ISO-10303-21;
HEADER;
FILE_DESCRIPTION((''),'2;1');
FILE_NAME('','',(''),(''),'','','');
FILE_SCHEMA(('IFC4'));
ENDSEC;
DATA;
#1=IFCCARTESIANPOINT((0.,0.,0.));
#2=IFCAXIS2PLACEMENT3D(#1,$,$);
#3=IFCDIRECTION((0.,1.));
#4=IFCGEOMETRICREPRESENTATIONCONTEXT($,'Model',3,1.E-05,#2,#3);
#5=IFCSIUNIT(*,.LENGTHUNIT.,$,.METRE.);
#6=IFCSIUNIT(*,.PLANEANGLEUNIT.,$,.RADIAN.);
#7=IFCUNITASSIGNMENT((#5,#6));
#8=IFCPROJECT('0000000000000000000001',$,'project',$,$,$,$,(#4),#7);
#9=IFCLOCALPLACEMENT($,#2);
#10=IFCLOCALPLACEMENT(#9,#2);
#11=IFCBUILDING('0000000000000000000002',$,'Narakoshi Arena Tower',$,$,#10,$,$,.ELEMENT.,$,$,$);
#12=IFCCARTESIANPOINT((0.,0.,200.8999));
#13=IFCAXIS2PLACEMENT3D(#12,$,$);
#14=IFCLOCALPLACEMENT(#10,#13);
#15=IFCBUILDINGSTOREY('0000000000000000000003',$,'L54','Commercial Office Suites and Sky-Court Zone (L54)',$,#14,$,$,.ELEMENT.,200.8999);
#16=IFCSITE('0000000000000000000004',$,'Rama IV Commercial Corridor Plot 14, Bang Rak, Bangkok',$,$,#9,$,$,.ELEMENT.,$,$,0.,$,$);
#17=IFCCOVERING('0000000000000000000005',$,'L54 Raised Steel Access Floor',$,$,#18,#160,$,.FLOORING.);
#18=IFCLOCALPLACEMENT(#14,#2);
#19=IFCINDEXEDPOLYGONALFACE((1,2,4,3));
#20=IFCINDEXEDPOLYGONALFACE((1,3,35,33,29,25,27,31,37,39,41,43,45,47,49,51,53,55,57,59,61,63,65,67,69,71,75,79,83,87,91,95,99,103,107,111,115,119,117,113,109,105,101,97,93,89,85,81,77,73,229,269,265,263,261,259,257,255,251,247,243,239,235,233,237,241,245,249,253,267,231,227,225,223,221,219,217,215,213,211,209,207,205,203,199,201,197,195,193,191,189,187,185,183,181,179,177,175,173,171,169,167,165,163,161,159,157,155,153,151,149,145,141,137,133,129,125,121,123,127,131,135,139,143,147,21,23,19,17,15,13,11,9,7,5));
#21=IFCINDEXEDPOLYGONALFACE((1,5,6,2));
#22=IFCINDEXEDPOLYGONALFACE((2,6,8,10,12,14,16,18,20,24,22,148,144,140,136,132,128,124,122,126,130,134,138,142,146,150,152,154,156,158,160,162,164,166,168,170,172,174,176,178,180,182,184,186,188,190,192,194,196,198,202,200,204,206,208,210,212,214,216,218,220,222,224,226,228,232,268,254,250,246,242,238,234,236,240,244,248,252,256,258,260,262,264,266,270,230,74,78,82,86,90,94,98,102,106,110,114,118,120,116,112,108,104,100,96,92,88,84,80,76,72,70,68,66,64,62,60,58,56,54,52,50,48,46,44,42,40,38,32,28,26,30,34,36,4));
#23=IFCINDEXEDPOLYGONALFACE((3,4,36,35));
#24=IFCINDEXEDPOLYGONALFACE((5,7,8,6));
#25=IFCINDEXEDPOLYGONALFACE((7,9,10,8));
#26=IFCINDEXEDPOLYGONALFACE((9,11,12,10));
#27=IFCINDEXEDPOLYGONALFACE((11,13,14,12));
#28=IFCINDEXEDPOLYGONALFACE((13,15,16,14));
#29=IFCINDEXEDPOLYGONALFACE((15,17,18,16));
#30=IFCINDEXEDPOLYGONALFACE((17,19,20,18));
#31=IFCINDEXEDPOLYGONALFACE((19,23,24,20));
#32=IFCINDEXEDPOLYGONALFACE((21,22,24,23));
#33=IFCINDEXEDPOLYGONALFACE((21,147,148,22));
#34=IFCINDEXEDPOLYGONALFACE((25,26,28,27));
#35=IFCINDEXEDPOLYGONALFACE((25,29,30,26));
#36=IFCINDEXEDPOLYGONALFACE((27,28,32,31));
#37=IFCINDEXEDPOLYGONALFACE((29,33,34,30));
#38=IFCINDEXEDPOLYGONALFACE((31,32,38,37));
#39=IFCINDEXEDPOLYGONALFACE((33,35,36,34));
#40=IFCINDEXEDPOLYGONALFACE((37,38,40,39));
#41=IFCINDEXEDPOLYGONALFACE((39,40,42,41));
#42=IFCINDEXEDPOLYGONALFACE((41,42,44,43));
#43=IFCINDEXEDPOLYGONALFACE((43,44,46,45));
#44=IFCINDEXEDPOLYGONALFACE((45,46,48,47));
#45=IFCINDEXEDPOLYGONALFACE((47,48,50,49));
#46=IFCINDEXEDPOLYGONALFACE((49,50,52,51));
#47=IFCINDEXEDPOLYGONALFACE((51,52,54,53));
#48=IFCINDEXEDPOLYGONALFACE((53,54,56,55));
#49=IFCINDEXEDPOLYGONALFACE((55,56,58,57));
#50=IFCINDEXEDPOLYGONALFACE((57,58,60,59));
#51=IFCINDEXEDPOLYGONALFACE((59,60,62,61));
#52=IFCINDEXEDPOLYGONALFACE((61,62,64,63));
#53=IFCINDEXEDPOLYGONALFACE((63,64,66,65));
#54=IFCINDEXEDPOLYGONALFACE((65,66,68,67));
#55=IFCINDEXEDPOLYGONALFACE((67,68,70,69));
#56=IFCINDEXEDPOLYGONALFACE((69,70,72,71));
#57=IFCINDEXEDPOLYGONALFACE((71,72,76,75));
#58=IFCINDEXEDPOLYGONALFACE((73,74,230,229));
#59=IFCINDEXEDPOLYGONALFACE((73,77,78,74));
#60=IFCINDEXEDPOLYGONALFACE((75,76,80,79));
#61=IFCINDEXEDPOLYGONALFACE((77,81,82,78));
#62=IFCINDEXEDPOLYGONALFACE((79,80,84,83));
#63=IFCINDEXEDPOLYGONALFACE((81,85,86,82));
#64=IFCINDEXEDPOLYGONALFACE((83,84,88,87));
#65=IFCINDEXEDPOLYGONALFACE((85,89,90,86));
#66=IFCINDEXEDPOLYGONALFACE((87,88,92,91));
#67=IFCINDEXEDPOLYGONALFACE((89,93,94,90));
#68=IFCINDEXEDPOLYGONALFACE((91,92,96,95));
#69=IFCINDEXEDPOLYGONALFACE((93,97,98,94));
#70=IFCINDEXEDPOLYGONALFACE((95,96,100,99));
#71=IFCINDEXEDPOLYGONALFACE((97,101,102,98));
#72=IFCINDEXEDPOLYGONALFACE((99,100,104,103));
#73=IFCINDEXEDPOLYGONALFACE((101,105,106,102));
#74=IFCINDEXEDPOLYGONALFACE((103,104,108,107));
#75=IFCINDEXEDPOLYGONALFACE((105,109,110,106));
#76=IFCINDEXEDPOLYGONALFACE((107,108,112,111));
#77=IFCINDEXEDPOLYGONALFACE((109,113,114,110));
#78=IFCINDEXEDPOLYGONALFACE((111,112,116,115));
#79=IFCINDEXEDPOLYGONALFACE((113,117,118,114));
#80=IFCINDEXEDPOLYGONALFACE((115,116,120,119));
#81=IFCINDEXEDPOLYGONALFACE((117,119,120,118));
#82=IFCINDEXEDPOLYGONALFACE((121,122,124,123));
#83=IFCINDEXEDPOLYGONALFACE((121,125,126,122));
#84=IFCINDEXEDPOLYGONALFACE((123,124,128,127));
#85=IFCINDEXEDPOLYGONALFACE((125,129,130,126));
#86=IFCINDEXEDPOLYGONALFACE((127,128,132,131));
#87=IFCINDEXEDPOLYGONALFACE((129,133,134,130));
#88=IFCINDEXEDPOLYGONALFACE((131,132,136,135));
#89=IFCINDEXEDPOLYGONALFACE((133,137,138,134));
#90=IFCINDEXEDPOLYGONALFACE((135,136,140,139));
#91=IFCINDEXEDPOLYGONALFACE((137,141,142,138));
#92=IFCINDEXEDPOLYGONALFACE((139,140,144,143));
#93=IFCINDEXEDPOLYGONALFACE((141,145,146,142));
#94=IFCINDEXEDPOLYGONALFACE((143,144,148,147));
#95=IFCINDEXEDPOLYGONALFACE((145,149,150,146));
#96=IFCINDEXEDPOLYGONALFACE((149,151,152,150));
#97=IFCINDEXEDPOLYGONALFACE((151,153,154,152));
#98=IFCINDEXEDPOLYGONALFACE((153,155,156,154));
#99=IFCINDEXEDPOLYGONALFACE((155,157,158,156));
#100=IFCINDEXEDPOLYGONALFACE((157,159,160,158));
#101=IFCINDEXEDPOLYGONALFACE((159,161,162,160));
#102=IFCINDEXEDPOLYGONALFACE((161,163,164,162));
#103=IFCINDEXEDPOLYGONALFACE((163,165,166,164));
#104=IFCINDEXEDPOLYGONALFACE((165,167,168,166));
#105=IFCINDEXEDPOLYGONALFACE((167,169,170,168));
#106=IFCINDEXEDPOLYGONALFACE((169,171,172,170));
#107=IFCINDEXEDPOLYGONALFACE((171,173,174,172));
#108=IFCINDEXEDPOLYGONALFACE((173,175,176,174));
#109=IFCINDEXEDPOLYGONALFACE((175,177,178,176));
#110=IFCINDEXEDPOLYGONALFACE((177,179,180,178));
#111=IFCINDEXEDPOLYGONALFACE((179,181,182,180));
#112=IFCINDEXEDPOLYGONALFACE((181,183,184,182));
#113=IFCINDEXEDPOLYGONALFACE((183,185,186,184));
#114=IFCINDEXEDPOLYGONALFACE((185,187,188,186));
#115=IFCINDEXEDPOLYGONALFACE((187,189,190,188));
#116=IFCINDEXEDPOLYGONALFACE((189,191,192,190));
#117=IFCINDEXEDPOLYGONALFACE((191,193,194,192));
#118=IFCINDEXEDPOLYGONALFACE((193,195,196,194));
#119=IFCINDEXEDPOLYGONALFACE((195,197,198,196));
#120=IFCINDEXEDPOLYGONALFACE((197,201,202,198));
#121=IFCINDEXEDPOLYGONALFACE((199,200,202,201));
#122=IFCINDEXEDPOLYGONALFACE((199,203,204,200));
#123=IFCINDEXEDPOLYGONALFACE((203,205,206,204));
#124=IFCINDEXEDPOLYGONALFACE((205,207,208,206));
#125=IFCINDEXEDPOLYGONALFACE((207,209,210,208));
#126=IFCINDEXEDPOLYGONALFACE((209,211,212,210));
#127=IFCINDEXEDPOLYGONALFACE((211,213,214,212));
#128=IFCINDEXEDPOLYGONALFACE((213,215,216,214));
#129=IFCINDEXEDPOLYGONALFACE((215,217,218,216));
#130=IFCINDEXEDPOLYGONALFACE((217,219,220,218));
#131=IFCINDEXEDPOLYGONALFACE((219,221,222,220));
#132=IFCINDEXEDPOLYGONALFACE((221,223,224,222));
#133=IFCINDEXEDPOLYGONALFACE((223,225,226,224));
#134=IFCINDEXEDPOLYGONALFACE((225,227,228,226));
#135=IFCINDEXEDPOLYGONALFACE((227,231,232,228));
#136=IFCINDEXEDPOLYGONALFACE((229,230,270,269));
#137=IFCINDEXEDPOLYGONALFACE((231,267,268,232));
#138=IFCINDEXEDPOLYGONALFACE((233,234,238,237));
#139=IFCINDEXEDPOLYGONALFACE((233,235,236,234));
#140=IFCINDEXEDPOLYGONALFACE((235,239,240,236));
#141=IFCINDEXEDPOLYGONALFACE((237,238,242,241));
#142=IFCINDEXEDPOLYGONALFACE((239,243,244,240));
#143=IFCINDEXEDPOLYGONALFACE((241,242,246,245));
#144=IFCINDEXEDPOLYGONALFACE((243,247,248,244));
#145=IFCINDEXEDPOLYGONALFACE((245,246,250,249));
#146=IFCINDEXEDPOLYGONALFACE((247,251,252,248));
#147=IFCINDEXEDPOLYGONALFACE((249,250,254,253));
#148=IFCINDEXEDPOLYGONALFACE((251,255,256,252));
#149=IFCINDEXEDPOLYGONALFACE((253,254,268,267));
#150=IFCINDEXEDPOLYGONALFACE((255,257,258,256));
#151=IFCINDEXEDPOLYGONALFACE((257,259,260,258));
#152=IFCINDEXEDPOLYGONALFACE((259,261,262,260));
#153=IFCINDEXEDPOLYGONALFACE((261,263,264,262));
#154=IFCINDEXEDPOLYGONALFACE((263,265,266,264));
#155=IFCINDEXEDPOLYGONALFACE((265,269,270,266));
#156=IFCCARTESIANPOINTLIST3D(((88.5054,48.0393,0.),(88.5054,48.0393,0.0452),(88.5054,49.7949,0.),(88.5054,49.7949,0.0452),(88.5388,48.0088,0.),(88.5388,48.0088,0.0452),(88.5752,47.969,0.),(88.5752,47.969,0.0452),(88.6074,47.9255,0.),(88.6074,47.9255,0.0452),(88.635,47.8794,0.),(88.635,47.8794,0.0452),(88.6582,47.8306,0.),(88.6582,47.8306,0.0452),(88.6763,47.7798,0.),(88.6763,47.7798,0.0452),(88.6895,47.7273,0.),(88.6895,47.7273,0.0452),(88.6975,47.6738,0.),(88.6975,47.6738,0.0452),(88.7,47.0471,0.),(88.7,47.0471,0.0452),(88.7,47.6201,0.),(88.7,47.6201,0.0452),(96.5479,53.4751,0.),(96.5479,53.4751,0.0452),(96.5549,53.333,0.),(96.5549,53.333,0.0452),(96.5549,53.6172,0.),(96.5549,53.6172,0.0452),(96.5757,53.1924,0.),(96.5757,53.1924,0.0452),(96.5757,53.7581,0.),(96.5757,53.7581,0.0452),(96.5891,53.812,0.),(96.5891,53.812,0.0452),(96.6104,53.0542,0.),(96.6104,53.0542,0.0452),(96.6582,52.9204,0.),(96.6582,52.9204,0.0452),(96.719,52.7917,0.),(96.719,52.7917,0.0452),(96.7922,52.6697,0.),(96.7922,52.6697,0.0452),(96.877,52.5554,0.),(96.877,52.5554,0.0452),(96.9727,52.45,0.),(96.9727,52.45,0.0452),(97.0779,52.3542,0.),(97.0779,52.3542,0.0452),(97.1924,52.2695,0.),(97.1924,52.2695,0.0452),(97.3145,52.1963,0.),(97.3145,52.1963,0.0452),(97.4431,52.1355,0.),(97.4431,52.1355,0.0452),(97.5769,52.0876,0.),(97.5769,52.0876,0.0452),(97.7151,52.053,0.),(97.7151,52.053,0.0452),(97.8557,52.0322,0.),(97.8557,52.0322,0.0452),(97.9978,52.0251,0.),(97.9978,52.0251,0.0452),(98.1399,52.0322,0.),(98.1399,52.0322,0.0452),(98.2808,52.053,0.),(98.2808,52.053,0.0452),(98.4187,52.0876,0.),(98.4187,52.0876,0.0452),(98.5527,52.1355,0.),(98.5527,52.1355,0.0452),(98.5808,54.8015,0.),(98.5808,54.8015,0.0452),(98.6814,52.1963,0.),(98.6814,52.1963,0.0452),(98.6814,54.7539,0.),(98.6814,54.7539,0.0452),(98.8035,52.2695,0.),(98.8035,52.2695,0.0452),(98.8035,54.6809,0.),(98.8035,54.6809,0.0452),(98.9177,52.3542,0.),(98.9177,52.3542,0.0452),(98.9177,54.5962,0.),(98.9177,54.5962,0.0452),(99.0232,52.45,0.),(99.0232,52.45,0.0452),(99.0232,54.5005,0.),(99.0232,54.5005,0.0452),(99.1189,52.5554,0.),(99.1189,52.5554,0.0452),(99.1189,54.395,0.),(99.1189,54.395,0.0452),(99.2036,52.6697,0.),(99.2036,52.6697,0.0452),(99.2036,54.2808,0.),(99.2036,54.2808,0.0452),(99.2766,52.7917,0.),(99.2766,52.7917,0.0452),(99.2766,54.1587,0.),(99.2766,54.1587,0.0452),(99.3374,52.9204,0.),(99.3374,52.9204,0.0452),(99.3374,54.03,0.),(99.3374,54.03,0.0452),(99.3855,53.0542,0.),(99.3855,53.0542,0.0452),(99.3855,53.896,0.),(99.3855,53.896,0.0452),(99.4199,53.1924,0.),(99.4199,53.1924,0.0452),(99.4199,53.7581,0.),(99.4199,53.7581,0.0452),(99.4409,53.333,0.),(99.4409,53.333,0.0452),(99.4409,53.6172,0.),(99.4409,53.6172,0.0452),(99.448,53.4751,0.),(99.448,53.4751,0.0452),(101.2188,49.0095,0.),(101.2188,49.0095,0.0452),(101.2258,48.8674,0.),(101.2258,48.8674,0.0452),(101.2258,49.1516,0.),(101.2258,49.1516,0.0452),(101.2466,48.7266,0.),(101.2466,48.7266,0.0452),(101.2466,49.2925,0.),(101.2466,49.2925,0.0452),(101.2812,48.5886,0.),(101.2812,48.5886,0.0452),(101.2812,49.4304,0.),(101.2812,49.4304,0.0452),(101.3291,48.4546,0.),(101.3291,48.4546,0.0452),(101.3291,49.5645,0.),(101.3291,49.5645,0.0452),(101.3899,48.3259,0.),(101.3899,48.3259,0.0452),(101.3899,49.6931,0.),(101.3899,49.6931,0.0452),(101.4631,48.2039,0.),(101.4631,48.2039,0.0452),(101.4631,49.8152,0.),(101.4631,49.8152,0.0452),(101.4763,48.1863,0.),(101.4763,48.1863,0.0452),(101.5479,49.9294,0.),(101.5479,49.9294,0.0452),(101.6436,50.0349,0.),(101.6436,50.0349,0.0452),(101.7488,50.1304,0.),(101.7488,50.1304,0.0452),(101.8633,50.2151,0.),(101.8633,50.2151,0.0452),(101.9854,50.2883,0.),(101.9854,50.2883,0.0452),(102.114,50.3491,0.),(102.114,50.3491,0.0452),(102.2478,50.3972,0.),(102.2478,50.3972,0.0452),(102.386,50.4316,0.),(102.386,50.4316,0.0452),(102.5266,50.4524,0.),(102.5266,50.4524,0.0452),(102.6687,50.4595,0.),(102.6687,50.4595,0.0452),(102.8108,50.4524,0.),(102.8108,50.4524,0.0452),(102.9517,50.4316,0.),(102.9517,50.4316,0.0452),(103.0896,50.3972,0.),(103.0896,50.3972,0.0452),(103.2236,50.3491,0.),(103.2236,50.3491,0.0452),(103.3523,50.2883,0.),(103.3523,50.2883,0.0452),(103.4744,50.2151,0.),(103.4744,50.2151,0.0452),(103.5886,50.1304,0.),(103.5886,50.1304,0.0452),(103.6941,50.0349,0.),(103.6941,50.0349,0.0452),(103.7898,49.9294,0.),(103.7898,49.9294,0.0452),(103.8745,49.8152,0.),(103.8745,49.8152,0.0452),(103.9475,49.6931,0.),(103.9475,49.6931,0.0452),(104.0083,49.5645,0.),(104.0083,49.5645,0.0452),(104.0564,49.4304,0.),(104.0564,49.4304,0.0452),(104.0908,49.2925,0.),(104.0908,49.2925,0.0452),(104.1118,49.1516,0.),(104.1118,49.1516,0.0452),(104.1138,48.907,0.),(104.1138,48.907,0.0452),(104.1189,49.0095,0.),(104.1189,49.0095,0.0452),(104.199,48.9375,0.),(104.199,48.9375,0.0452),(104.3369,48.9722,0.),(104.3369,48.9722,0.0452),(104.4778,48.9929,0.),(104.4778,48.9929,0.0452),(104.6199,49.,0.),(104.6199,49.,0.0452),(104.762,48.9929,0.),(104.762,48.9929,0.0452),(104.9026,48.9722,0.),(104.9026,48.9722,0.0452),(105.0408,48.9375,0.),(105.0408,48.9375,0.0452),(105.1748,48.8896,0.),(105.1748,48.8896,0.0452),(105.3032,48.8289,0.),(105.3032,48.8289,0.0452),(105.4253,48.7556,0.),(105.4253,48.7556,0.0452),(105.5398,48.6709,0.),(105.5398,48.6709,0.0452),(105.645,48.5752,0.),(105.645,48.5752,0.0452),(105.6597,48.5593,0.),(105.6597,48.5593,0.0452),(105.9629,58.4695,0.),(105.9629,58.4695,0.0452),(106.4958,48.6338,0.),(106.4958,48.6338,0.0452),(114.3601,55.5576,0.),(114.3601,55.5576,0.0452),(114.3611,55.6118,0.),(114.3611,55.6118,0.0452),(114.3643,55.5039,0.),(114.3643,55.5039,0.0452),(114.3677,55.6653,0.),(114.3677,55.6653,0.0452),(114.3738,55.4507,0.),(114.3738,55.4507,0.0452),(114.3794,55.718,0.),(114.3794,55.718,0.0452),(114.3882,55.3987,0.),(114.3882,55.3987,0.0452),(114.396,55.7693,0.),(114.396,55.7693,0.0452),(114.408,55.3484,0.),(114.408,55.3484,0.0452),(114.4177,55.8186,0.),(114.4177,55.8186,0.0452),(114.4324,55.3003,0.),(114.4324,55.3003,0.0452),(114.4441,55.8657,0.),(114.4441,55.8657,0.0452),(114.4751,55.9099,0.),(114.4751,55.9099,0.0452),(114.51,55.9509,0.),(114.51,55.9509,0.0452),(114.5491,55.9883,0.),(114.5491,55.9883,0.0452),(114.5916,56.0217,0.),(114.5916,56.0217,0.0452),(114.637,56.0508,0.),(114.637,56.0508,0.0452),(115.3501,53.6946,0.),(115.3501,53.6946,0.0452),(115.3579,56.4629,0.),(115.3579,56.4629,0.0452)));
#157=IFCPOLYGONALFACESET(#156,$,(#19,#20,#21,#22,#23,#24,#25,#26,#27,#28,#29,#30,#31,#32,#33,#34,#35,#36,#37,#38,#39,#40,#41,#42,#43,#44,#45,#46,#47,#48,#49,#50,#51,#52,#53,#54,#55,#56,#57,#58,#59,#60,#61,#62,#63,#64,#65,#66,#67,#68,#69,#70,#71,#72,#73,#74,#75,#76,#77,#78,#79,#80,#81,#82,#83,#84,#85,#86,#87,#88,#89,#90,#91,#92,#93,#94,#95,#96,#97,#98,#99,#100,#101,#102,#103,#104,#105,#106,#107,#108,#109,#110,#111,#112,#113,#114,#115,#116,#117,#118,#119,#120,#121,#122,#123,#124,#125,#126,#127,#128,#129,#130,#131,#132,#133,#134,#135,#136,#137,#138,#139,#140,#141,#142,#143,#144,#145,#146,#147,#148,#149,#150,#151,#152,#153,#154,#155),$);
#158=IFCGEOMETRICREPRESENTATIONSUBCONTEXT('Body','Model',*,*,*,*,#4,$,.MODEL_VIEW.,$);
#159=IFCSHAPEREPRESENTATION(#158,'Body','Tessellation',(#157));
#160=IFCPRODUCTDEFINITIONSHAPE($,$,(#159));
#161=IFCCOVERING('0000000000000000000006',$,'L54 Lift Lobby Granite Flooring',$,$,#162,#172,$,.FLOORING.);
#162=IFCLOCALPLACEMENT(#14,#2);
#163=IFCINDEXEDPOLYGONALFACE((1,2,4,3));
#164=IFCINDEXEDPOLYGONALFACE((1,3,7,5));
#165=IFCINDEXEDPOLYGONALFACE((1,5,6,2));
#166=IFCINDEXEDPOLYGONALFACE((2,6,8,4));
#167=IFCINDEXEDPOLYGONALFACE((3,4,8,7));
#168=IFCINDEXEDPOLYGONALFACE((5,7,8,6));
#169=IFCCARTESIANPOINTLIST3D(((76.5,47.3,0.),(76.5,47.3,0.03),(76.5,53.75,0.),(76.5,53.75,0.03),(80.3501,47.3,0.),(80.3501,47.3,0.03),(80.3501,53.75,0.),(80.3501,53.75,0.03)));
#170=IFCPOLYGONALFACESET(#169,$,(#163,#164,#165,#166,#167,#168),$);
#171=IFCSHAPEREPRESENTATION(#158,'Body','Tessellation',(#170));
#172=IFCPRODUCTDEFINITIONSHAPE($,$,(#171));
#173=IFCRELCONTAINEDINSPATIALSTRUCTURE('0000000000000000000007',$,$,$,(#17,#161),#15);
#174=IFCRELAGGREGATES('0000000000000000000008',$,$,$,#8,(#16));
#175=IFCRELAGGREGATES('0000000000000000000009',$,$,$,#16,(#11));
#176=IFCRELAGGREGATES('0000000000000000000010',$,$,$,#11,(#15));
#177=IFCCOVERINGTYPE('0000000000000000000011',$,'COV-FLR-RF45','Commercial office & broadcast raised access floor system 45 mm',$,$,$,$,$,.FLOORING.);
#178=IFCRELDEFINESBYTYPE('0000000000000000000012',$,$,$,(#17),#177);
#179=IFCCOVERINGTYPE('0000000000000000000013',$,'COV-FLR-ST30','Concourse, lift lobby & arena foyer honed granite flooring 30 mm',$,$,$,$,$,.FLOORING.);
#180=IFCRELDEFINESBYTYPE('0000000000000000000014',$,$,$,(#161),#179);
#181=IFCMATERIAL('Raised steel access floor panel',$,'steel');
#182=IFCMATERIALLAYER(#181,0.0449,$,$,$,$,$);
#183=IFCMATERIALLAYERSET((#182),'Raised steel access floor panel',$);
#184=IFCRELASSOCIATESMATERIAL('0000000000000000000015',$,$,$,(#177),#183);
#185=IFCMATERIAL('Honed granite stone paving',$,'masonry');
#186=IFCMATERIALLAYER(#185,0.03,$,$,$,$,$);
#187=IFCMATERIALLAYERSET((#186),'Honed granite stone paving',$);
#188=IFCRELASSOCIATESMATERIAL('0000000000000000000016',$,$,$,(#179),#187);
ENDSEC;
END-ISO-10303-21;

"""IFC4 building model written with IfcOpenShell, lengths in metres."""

from ifc_helpers import new_model, si_unit, direction, frame, origin, place, context, subcontext, project, spatial, polyline, outline, extrude, material, layer, layer_set, type_object, element, save


model = new_model("IFC4")

# Units and contexts
model_context = context("Model", 3, precision=1e-05, world=origin(), true_north=direction((0.0, 1.0)))
body_context = subcontext(model_context, "Body", "Model", "MODEL_VIEW")
ifc_project = project(units=[si_unit("LENGTHUNIT", "METRE"), si_unit("PLANEANGLEUNIT", "RADIAN")], contexts=[model_context])

# Site, building, storey
site_placement = place(None, origin())
site = spatial("IfcSite", under=ifc_project, at=site_placement, Name="Rama IV Commercial Corridor Plot 14, Bang Rak, Bangkok", CompositionType="ELEMENT", RefElevation=0.0)
building_placement = place(site_placement, origin())
building = spatial("IfcBuilding", under=site, at=building_placement, Name="Narakoshi Arena Tower", CompositionType="ELEMENT")
storey_placement = place(building_placement, frame((0.0, 0.0, 200.8999)))
storey = spatial("IfcBuildingStorey", under=building, at=storey_placement, Name="L54", Description="Commercial Office Suites and Sky-Court Zone (L54)", CompositionType="ELEMENT", Elevation=200.8999)

# Coverings
ifc_material_1 = material(Name="Raised steel access floor panel", Category="steel")
ifc_layer_1 = layer(ifc_material_1, 0.0449)
ifc_layer_set_1 = layer_set([ifc_layer_1], Name="Raised steel access floor panel")
covering_type_1 = type_object("IfcCoveringType", Name="COV-FLR-RF45", Description="Commercial office & broadcast raised access floor system 45 mm", PredefinedType="FLOORING", material=ifc_layer_set_1)
covering_1_placement = place(storey_placement, origin())
element("IfcCovering", 1, at=covering_1_placement, inside=storey, type_object=covering_type_1, Name="L54 Raised Steel Access Floor", PredefinedType="FLOORING", context=body_context, shape_type="SweptSolid", body=[
    extrude(outline(polyline([(88.5054, 49.7949), (96.5891, 53.812), (96.5757, 53.7581), (96.5549, 53.6172), (96.5479, 53.4751), (96.5549, 53.333), (96.5757, 53.1924), (96.6104, 53.0542), (96.6582, 52.9204), (96.719, 52.7917), (96.7922, 52.6697), (96.877, 52.5554), (96.9727, 52.45), (97.0779, 52.3542), (97.1924, 52.2695), (97.3145, 52.1963), (97.4431, 52.1355), (97.5769, 52.0876), (97.7151, 52.053), (97.8557, 52.0322), (97.9978, 52.0251), (98.1399, 52.0322), (98.2808, 52.053), (98.4187, 52.0876), (98.5527, 52.1355), (98.6814, 52.1963), (98.8035, 52.2695), (98.9177, 52.3542), (99.0232, 52.45), (99.1189, 52.5554), (99.2036, 52.6697), (99.2766, 52.7917), (99.3374, 52.9204), (99.3855, 53.0542), (99.4199, 53.1924), (99.4409, 53.333), (99.448, 53.4751), (99.4409, 53.6172), (99.4199, 53.7581), (99.3855, 53.896), (99.3374, 54.03), (99.2766, 54.1587), (99.2036, 54.2808), (99.1189, 54.395), (99.0232, 54.5005), (98.9177, 54.5962), (98.8035, 54.6809), (98.6814, 54.7539), (98.5808, 54.8015), (105.9629, 58.4695), (115.3579, 56.4629), (114.637, 56.0508), (114.5916, 56.0217), (114.5491, 55.9883), (114.51, 55.9509), (114.4751, 55.9099), (114.4441, 55.8657), (114.4177, 55.8186), (114.396, 55.7693), (114.3794, 55.718), (114.3677, 55.6653), (114.3611, 55.6118), (114.3601, 55.5576), (114.3643, 55.5039), (114.3738, 55.4507), (114.3882, 55.3987), (114.408, 55.3484), (114.4324, 55.3003), (115.3501, 53.6946), (106.4958, 48.6338), (105.6597, 48.5593), (105.645, 48.5752), (105.5398, 48.6709), (105.4253, 48.7556), (105.3032, 48.8289), (105.1748, 48.8896), (105.0408, 48.9375), (104.9026, 48.9722), (104.762, 48.9929), (104.6199, 49.0), (104.4778, 48.9929), (104.3369, 48.9722), (104.199, 48.9375), (104.1138, 48.907), (104.1189, 49.0095), (104.1118, 49.1516), (104.0908, 49.2925), (104.0564, 49.4304), (104.0083, 49.5645), (103.9475, 49.6931), (103.8745, 49.8152), (103.7898, 49.9294), (103.6941, 50.0349), (103.5886, 50.1304), (103.4744, 50.2151), (103.3523, 50.2883), (103.2236, 50.3491), (103.0896, 50.3972), (102.9517, 50.4316), (102.8108, 50.4524), (102.6687, 50.4595), (102.5266, 50.4524), (102.386, 50.4316), (102.2478, 50.3972), (102.114, 50.3491), (101.9854, 50.2883), (101.8633, 50.2151), (101.7488, 50.1304), (101.6436, 50.0349), (101.5479, 49.9294), (101.4631, 49.8152), (101.3899, 49.6931), (101.3291, 49.5645), (101.2812, 49.4304), (101.2466, 49.2925), (101.2258, 49.1516), (101.2188, 49.0095), (101.2258, 48.8674), (101.2466, 48.7266), (101.2812, 48.5886), (101.3291, 48.4546), (101.3899, 48.3259), (101.4631, 48.2039), (101.4763, 48.1863), (88.7, 47.0471), (88.7, 47.6201), (88.6975, 47.6738), (88.6895, 47.7273), (88.6763, 47.7798), (88.6582, 47.8306), (88.635, 47.8794), (88.6074, 47.9255), (88.5752, 47.969), (88.5388, 48.0088), (88.5054, 48.0393), (88.5054, 49.7949)])), origin(), (0.0, 0.0, 1.0), 0.0452),
])
ifc_material_2 = material(Name="Honed granite stone paving", Category="masonry")
ifc_layer_2 = layer(ifc_material_2, 0.03)
ifc_layer_set_2 = layer_set([ifc_layer_2], Name="Honed granite stone paving")
covering_type_2 = type_object("IfcCoveringType", Name="COV-FLR-ST30", Description="Concourse, lift lobby & arena foyer honed granite flooring 30 mm", PredefinedType="FLOORING", material=ifc_layer_set_2)
covering_2_placement = place(storey_placement, origin())
element("IfcCovering", 2, at=covering_2_placement, inside=storey, type_object=covering_type_2, Name="L54 Lift Lobby Granite Flooring", PredefinedType="FLOORING", context=body_context, shape_type="SweptSolid", body=[
    extrude(outline(polyline([(76.5, 47.3), (80.3501, 47.3), (80.3501, 53.75), (76.5, 53.75), (76.5, 47.3)])), origin(), (0.0, 0.0, 1.0), 0.03),
])

save(model, "model.ifc")
